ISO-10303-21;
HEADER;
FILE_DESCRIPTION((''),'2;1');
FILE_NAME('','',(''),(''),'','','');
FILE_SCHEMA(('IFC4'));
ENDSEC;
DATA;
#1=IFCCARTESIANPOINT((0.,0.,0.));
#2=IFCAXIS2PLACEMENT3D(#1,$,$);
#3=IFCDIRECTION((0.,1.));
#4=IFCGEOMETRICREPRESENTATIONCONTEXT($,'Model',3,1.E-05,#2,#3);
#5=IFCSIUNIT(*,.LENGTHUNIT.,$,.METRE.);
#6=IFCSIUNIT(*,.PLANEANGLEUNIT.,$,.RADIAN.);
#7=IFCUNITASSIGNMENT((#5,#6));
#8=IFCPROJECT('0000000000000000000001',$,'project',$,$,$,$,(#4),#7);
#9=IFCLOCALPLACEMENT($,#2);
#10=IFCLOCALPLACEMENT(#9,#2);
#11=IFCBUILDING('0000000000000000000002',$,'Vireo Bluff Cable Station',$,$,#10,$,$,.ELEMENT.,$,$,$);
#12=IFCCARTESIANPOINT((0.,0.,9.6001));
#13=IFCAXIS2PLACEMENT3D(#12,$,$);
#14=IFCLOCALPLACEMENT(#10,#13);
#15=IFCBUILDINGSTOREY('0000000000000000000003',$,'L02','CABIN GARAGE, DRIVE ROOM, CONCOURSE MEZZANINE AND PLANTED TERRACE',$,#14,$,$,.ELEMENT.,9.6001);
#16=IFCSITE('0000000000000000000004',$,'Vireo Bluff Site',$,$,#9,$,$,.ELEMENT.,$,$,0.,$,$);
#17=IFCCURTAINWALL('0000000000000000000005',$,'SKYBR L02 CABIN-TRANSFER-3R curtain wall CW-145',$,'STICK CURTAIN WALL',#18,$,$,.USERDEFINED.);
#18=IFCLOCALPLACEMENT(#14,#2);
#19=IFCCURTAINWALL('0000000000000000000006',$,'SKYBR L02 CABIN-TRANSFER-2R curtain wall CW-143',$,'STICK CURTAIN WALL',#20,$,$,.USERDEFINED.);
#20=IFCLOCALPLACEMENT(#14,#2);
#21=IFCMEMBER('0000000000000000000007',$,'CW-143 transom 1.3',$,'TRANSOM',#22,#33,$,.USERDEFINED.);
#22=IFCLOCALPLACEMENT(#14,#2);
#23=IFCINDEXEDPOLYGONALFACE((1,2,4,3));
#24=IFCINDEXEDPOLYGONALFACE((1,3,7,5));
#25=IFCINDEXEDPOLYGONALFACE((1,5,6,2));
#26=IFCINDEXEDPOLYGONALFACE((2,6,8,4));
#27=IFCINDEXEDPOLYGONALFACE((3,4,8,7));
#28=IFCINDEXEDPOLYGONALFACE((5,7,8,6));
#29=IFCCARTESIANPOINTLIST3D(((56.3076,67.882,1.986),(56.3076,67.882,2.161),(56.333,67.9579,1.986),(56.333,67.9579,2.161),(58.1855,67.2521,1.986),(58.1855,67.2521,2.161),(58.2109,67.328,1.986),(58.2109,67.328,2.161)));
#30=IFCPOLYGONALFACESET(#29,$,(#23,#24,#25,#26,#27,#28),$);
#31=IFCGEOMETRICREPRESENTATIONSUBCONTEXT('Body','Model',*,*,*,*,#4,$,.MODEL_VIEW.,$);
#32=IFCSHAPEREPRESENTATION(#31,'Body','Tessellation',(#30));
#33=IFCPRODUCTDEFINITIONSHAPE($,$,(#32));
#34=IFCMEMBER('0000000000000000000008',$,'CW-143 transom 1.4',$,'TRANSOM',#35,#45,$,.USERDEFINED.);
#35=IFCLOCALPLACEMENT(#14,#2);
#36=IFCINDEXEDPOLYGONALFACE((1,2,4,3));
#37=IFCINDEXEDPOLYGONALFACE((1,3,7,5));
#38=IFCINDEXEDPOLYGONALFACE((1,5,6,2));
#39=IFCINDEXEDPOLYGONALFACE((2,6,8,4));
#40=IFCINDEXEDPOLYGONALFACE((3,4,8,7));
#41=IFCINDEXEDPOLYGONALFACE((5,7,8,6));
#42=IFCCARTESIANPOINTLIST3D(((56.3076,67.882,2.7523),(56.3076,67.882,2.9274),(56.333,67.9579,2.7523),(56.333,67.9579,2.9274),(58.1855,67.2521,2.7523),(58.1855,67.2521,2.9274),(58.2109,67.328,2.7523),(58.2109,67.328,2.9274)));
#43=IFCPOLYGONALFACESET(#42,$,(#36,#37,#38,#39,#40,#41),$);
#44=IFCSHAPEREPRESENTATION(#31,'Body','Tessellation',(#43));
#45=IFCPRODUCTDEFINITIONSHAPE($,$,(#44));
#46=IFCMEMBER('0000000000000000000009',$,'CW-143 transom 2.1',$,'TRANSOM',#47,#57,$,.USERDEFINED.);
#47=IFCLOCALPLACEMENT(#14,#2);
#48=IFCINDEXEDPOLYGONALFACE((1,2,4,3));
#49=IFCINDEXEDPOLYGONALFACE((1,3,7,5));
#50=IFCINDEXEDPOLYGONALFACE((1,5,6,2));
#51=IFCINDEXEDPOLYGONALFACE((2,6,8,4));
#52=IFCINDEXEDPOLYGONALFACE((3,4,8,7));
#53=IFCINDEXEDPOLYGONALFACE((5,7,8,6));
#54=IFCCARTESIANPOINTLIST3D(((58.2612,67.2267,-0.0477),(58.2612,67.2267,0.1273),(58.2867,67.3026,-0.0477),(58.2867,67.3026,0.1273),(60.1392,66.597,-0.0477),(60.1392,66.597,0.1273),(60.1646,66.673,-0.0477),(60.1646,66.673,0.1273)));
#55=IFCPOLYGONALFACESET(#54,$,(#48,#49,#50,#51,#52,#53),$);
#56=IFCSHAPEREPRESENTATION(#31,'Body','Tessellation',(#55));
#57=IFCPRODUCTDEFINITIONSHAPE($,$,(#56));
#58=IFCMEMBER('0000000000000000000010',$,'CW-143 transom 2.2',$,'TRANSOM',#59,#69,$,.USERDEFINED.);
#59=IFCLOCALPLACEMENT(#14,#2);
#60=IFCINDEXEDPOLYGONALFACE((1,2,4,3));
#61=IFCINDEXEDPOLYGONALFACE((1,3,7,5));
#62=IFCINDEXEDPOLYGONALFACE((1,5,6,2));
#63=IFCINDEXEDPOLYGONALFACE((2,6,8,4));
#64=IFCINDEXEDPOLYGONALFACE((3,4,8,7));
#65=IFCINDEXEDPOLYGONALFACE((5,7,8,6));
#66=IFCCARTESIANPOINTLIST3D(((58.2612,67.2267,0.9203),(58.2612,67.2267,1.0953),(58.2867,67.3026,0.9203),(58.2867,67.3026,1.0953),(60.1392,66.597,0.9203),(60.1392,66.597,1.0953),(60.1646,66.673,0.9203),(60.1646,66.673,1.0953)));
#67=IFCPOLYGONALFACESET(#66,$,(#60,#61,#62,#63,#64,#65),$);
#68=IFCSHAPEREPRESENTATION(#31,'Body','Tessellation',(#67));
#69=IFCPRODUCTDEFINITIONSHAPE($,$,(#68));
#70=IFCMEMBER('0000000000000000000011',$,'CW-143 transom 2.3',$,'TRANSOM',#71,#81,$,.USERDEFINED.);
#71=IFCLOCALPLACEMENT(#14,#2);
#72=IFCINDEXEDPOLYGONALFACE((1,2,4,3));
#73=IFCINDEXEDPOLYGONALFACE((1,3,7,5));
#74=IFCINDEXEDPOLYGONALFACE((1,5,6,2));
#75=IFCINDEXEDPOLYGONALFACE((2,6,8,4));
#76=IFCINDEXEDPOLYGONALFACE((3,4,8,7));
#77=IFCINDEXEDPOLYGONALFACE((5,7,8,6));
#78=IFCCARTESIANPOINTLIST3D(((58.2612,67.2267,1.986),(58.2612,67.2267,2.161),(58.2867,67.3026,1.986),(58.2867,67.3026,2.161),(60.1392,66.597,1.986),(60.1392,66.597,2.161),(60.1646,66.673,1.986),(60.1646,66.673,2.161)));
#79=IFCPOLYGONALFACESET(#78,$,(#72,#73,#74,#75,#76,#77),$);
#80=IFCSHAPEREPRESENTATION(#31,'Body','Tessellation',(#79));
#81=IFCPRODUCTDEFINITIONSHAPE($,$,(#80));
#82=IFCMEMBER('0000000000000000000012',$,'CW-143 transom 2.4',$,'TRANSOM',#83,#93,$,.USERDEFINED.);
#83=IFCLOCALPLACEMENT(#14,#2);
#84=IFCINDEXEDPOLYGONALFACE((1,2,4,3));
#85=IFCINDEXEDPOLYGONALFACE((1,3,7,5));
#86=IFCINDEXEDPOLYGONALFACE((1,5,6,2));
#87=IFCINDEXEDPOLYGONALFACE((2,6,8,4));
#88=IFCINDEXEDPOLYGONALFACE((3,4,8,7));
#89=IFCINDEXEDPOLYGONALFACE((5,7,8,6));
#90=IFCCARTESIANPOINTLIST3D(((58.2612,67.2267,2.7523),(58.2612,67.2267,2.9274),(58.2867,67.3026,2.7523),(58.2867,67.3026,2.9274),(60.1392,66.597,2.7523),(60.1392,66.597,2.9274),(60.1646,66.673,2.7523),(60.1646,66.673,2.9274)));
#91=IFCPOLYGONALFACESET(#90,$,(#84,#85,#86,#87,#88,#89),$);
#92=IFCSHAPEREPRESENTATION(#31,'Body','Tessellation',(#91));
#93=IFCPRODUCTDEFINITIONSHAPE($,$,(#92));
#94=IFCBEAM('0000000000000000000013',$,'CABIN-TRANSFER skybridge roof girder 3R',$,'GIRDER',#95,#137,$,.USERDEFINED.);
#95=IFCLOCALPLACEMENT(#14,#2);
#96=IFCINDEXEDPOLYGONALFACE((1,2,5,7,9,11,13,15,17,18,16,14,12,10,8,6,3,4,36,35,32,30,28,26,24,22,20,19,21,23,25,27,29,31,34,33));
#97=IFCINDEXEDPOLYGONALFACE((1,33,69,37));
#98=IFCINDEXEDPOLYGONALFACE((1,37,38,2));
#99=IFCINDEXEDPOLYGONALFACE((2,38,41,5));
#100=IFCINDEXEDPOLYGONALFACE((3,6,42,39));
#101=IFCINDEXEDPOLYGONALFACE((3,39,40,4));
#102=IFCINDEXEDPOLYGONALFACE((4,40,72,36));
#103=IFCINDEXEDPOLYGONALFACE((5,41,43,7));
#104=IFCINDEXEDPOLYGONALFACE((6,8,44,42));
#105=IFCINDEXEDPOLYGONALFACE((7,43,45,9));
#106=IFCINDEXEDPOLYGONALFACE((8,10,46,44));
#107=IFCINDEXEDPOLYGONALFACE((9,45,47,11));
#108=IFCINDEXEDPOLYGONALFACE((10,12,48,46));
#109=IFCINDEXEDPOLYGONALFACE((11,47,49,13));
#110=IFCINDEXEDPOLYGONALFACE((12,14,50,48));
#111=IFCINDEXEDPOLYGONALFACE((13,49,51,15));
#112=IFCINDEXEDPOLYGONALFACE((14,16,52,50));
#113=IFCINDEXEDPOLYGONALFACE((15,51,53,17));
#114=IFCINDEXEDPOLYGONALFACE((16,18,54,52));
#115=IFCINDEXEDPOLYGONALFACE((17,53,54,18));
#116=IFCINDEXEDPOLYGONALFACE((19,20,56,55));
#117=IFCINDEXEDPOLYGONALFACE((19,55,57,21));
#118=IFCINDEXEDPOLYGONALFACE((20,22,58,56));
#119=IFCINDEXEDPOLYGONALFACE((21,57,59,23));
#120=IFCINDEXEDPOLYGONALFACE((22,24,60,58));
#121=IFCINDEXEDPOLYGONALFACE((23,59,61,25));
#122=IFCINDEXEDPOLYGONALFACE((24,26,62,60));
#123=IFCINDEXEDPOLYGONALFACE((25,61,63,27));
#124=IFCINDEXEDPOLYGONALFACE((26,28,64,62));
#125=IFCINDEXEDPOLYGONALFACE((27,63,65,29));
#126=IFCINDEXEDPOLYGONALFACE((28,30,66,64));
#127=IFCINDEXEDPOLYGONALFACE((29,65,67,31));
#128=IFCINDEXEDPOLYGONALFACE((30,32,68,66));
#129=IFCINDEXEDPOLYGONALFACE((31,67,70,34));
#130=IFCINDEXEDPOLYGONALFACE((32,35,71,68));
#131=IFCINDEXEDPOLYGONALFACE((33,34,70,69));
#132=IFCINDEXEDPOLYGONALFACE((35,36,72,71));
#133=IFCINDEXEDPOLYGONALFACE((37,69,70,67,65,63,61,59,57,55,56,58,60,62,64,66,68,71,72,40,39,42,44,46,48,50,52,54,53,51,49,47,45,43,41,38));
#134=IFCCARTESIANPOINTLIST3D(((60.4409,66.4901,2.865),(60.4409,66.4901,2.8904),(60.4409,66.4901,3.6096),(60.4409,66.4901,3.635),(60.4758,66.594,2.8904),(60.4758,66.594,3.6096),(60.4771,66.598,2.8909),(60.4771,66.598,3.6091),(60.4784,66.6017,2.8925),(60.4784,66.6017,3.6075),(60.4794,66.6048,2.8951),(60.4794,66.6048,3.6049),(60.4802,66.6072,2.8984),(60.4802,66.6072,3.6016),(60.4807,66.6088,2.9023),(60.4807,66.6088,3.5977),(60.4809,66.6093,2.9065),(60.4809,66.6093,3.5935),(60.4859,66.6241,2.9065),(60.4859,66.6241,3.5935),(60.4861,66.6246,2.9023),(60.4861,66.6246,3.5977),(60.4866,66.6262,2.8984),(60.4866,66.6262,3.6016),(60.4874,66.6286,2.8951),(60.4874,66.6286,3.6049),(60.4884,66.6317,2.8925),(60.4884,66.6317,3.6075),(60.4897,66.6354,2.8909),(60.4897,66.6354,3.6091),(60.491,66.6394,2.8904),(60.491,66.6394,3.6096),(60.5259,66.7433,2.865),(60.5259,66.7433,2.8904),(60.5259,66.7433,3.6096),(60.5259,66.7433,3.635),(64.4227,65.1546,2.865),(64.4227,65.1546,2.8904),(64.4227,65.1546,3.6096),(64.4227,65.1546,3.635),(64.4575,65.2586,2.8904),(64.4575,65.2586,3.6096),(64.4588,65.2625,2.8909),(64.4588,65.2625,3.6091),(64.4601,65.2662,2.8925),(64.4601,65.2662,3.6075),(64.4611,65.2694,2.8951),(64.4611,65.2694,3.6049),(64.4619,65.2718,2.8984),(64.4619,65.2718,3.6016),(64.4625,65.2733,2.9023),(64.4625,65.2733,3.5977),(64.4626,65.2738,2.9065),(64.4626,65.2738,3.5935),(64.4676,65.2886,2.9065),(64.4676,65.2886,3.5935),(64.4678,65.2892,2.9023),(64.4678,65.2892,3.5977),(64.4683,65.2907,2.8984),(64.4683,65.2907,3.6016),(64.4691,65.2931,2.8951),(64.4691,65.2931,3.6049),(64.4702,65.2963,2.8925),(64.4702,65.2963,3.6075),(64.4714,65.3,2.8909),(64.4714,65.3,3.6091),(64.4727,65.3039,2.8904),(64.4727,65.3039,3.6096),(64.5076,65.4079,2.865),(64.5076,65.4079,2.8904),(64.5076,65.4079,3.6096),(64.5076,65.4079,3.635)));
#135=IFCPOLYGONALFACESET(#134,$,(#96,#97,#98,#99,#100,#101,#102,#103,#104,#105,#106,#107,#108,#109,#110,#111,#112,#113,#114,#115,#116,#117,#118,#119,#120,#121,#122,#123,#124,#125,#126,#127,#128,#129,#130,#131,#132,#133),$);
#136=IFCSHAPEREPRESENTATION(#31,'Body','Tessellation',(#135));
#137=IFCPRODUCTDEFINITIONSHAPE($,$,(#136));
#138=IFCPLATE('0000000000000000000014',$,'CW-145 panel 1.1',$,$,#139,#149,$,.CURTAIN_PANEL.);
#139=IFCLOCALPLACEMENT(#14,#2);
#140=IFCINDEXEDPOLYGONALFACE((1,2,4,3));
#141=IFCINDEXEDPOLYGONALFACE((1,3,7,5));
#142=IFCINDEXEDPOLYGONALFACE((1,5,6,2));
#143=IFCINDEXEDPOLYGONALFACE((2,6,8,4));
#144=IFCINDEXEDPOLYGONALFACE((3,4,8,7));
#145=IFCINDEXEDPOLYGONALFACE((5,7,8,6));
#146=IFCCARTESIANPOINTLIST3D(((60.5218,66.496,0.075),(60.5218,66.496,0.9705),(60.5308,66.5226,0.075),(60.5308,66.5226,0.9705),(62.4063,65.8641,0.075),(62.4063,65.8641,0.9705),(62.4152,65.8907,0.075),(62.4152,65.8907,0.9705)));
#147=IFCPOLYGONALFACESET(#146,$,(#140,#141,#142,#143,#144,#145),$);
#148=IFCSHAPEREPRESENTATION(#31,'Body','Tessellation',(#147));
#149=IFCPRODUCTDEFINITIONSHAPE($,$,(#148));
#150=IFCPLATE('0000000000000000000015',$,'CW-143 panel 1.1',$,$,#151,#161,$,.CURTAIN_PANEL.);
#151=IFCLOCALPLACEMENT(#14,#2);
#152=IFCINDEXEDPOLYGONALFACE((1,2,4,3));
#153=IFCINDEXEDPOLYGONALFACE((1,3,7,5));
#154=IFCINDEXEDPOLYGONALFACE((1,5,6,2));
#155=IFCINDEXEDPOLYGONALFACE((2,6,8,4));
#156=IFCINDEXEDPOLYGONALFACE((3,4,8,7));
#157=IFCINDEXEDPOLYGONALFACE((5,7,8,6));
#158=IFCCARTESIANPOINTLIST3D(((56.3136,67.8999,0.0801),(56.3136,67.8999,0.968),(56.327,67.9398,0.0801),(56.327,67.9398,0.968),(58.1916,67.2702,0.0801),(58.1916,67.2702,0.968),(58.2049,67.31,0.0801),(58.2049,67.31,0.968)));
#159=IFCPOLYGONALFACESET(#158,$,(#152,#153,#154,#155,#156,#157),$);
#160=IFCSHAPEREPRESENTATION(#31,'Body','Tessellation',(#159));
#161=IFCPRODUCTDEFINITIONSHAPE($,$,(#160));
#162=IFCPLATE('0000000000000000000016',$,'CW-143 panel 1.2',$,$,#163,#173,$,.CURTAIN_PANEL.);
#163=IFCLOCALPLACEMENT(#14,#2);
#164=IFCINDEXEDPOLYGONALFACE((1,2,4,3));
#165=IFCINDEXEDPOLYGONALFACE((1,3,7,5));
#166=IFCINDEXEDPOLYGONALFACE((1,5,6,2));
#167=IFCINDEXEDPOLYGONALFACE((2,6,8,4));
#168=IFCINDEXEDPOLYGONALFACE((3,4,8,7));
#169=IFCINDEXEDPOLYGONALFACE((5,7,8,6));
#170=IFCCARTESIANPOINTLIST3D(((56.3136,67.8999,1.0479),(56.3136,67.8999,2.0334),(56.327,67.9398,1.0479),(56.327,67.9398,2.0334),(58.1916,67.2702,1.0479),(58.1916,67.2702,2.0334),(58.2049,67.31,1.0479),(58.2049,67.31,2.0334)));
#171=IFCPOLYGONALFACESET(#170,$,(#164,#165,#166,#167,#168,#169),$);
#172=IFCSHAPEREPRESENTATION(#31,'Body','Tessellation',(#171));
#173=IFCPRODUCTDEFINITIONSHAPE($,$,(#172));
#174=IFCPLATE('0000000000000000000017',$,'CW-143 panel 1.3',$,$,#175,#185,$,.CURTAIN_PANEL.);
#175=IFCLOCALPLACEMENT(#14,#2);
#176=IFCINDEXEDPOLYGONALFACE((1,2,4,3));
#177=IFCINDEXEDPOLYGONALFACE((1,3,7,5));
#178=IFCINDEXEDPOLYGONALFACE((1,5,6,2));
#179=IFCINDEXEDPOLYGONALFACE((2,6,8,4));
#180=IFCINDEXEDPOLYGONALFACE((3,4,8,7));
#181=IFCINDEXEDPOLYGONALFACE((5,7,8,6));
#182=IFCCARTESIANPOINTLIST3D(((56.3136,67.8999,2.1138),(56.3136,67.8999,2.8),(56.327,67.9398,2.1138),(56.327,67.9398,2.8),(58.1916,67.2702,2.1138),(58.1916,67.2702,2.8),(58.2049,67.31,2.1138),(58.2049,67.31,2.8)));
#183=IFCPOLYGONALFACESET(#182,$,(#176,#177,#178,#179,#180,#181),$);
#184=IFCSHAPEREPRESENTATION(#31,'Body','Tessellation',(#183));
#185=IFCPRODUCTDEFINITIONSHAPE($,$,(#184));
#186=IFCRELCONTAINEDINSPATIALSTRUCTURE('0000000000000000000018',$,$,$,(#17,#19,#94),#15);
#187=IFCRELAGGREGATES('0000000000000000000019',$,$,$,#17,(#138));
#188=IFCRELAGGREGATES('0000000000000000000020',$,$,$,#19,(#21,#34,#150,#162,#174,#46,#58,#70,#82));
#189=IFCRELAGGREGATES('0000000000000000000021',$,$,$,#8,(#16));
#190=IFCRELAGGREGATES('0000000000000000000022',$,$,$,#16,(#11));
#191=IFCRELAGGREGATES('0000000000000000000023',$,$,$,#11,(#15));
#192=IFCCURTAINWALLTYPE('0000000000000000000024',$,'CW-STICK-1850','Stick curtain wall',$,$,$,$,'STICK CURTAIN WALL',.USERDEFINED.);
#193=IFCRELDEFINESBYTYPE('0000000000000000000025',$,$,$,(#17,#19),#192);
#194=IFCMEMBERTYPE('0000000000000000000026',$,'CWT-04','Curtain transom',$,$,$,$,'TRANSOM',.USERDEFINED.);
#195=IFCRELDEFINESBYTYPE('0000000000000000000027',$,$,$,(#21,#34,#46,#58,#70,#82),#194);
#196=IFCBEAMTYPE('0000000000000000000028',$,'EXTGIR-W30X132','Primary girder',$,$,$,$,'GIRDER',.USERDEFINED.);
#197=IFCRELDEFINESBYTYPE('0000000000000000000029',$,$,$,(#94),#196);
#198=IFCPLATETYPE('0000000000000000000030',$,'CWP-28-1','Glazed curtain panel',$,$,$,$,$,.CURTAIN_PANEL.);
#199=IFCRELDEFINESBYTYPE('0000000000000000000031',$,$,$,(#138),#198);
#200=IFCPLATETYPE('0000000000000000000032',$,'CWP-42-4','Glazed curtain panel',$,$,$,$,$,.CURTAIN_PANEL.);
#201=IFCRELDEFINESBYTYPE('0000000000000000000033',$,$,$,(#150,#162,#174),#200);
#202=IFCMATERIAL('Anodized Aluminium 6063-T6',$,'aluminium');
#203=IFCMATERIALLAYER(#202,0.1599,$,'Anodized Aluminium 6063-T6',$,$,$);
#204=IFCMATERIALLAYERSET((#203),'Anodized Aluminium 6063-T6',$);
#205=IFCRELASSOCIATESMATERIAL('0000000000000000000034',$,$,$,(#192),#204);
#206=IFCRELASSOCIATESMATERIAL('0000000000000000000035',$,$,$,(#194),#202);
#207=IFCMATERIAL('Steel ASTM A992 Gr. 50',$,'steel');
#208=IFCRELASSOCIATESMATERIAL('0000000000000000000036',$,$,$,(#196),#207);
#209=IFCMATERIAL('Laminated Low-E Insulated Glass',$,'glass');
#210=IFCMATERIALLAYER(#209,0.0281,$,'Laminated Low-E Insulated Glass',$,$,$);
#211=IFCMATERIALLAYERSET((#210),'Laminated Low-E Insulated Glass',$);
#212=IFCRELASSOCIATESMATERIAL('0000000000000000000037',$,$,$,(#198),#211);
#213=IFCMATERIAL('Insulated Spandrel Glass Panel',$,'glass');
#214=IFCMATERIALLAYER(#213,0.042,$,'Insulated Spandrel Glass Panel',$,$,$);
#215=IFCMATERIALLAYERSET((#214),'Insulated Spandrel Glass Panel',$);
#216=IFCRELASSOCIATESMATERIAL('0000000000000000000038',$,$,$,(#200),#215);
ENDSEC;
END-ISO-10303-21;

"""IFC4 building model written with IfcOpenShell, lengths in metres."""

from ifc_helpers import new_model, si_unit, direction, frame, origin, origin_2d, place, context, subcontext, project, spatial, rectangle, i_section, extrude, material, layer, layer_set, material_profile, profile_set, type_object, element, aggregate, save


model = new_model("IFC4")

# Units and contexts
model_context = context("Model", 3, precision=1e-05, world=origin(), true_north=direction((0.0, 1.0)))
body_context = subcontext(model_context, "Body", "Model", "MODEL_VIEW")
ifc_project = project(units=[si_unit("LENGTHUNIT", "METRE"), si_unit("PLANEANGLEUNIT", "RADIAN")], contexts=[model_context])

# Site, building, storey
site_placement = place(None, origin())
site = spatial("IfcSite", under=ifc_project, at=site_placement, Name="Vireo Bluff Site", CompositionType="ELEMENT", RefElevation=0.0)
building_placement = place(site_placement, origin())
building = spatial("IfcBuilding", under=site, at=building_placement, Name="Vireo Bluff Cable Station", CompositionType="ELEMENT")
storey_placement = place(building_placement, frame((0.0, 0.0, 9.6001)))
storey = spatial("IfcBuildingStorey", under=building, at=storey_placement, Name="L02", Description="CABIN GARAGE, DRIVE ROOM, CONCOURSE MEZZANINE AND PLANTED TERRACE", CompositionType="ELEMENT", Elevation=9.6001)

# Shared definitions
ifc_material_1 = material(Name="Steel ASTM A992 Gr. 50", Category="steel")

# Curtain wall
ifc_material_2 = material(Name="Anodized Aluminium 6063-T6", Category="aluminium")
ifc_layer_1 = layer(ifc_material_2, 0.1599, Name="Anodized Aluminium 6063-T6")
ifc_layer_set_1 = layer_set([ifc_layer_1], Name="Anodized Aluminium 6063-T6")
curtain_wall_type = type_object("IfcCurtainWallType", Name="CW-STICK-1850", Description="Stick curtain wall", ElementType="STICK CURTAIN WALL", PredefinedType="USERDEFINED", material=ifc_layer_set_1)
curtain_wall_1_placement = place(storey_placement, origin())
curtain_wall_1 = element("IfcCurtainWall", 1, at=curtain_wall_1_placement, inside=storey, type_object=curtain_wall_type, Name="SKYBR L02 CABIN-TRANSFER-3R curtain wall CW-145", ObjectType="STICK CURTAIN WALL", PredefinedType="USERDEFINED")

# Curtain wall
curtain_wall_2_placement = place(storey_placement, origin())
curtain_wall_2 = element("IfcCurtainWall", 2, at=curtain_wall_2_placement, inside=storey, type_object=curtain_wall_type, Name="SKYBR L02 CABIN-TRANSFER-2R curtain wall CW-143", ObjectType="STICK CURTAIN WALL", PredefinedType="USERDEFINED")

# Members
ifc_material_profile_1 = material_profile(ifc_material_2, rectangle(XDim=0.0801, YDim=0.175, at=origin_2d()), Name="ALU-T-80X175")
ifc_profile_set_1 = profile_set([ifc_material_profile_1], Name="Anodized Aluminium 6063-T6")
member_type_1 = type_object("IfcMemberType", Name="CWT-04", Description="Curtain transom", ElementType="TRANSOM", PredefinedType="USERDEFINED", material=ifc_profile_set_1)
member_1_placement = place(storey_placement, frame((56.3203, 67.9199, 2.0735), z_axis=(0.94809, -0.318002, 0.0), x_axis=(0.318002, 0.94809, 0.0)))
member_1 = element("IfcMember", 3, at=member_1_placement, type_object=member_type_1, Name="CW-143 transom 1.3", ObjectType="TRANSOM", PredefinedType="USERDEFINED", context=body_context, shape_type="SweptSolid", body=[
    extrude(rectangle(XDim=0.0801, YDim=0.175, at=origin_2d()), origin(), (0.0, 0.0, 1.0), 1.9807),
])
member_2_placement = place(storey_placement, frame((56.3203, 67.9199, 2.8398), z_axis=(0.94809, -0.318002, 0.0), x_axis=(0.318002, 0.94809, 0.0)))
member_2 = element("IfcMember", 4, at=member_2_placement, type_object=member_type_1, Name="CW-143 transom 1.4", ObjectType="TRANSOM", PredefinedType="USERDEFINED", context=body_context, shape_type="SweptSolid", body=[
    extrude(rectangle(XDim=0.0801, YDim=0.175, at=origin_2d()), origin(), (0.0, 0.0, 1.0), 1.9807),
])
member_3_placement = place(storey_placement, frame((58.2739, 67.2646, 0.0398), z_axis=(0.948127, -0.317891, 0.0), x_axis=(0.317891, 0.948127, 0.0)))
member_3 = element("IfcMember", 5, at=member_3_placement, type_object=member_type_1, Name="CW-143 transom 2.1", ObjectType="TRANSOM", PredefinedType="USERDEFINED", context=body_context, shape_type="SweptSolid", body=[
    extrude(rectangle(XDim=0.0801, YDim=0.175, at=origin_2d()), origin(), (0.0, 0.0, 1.0), 1.9807),
])
member_4_placement = place(storey_placement, frame((58.2739, 67.2646, 1.0078), z_axis=(0.948127, -0.317891, 0.0), x_axis=(0.317891, 0.948127, 0.0)))
member_4 = element("IfcMember", 6, at=member_4_placement, type_object=member_type_1, Name="CW-143 transom 2.2", ObjectType="TRANSOM", PredefinedType="USERDEFINED", context=body_context, shape_type="SweptSolid", body=[
    extrude(rectangle(XDim=0.0801, YDim=0.175, at=origin_2d()), origin(), (0.0, 0.0, 1.0), 1.9807),
])
member_5_placement = place(storey_placement, frame((58.2739, 67.2646, 2.0735), z_axis=(0.948127, -0.317891, 0.0), x_axis=(0.317891, 0.948127, 0.0)))
member_5 = element("IfcMember", 7, at=member_5_placement, type_object=member_type_1, Name="CW-143 transom 2.3", ObjectType="TRANSOM", PredefinedType="USERDEFINED", context=body_context, shape_type="SweptSolid", body=[
    extrude(rectangle(XDim=0.0801, YDim=0.175, at=origin_2d()), origin(), (0.0, 0.0, 1.0), 1.9807),
])
member_6_placement = place(storey_placement, frame((58.2739, 67.2646, 2.8398), z_axis=(0.948127, -0.317891, 0.0), x_axis=(0.317891, 0.948127, 0.0)))
member_6 = element("IfcMember", 8, at=member_6_placement, type_object=member_type_1, Name="CW-143 transom 2.4", ObjectType="TRANSOM", PredefinedType="USERDEFINED", context=body_context, shape_type="SweptSolid", body=[
    extrude(rectangle(XDim=0.0801, YDim=0.175, at=origin_2d()), origin(), (0.0, 0.0, 1.0), 1.9807),
])

# Beam
ifc_material_profile_2 = material_profile(ifc_material_1, i_section(OverallWidth=0.2671, OverallDepth=0.77, WebThickness=0.0156, FlangeThickness=0.0254, FilletRadius=0.0161, at=origin_2d()), Name="W30X132")
ifc_profile_set_2 = profile_set([ifc_material_profile_2], Name="Steel ASTM A992 Gr. 50")
beam_type = type_object("IfcBeamType", Name="EXTGIR-W30X132", Description="Primary girder", ElementType="GIRDER", PredefinedType="USERDEFINED", material=ifc_profile_set_2)
beam_placement = place(storey_placement, frame((60.4834, 66.6167, 3.25), z_axis=(0.948095, -0.317989, 0.0), x_axis=(0.317989, 0.948095, 0.0)))
element("IfcBeam", 9, at=beam_placement, inside=storey, type_object=beam_type, Name="CABIN-TRANSFER skybridge roof girder 3R", ObjectType="GIRDER", PredefinedType="USERDEFINED", context=body_context, shape_type="SweptSolid", body=[
    extrude(i_section(OverallWidth=0.2671, OverallDepth=0.77, WebThickness=0.0156, FlangeThickness=0.0254, FilletRadius=0.0161, at=origin_2d()), origin(), (0.0, 0.0, 1.0), 4.1997),
])

# Plates
ifc_material_3 = material(Name="Laminated Low-E Insulated Glass", Category="glass")
ifc_layer_2 = layer(ifc_material_3, 0.0281, Name="Laminated Low-E Insulated Glass")
ifc_layer_set_2 = layer_set([ifc_layer_2], Name="Laminated Low-E Insulated Glass")
plate_type_1 = type_object("IfcPlateType", Name="CWP-28-1", Description="Glazed curtain panel", PredefinedType="CURTAIN_PANEL", material=ifc_layer_set_2)
plate_1_placement = place(storey_placement, frame((61.4685, 66.1934, 0.075), z_axis=(0.0, 0.0, 1.0), x_axis=(0.948113, -0.317934, 0.0)))
plate_1 = element("IfcPlate", 10, at=plate_1_placement, type_object=plate_type_1, Name="CW-145 panel 1.1", PredefinedType="CURTAIN_PANEL", context=body_context, shape_type="SweptSolid", body=[
    extrude(rectangle(XDim=1.9875, YDim=0.0281, at=origin_2d()), origin(), (0.0, 0.0, 1.0), 0.8955),
])
aggregate(curtain_wall_1, [plate_1])
ifc_material_4 = material(Name="Insulated Spandrel Glass Panel", Category="glass")
ifc_layer_3 = layer(ifc_material_4, 0.042, Name="Insulated Spandrel Glass Panel")
ifc_layer_set_3 = layer_set([ifc_layer_3], Name="Insulated Spandrel Glass Panel")
plate_type_2 = type_object("IfcPlateType", Name="CWP-42-4", Description="Glazed curtain panel", PredefinedType="CURTAIN_PANEL", material=ifc_layer_set_3)
plate_2_placement = place(storey_placement, frame((57.2593, 67.605, 0.0801), z_axis=(0.0, 0.0, 1.0), x_axis=(0.948111, -0.317941, 0.0)))
plate_2 = element("IfcPlate", 11, at=plate_2_placement, type_object=plate_type_2, Name="CW-143 panel 1.1", PredefinedType="CURTAIN_PANEL", context=body_context, shape_type="SweptSolid", body=[
    extrude(rectangle(XDim=1.9807, YDim=0.042, at=origin_2d()), origin(), (0.0, 0.0, 1.0), 0.8879),
])
plate_3_placement = place(storey_placement, frame((57.2593, 67.605, 1.0479), z_axis=(0.0, 0.0, 1.0), x_axis=(0.948111, -0.317941, 0.0)))
plate_3 = element("IfcPlate", 12, at=plate_3_placement, type_object=plate_type_2, Name="CW-143 panel 1.2", PredefinedType="CURTAIN_PANEL", context=body_context, shape_type="SweptSolid", body=[
    extrude(rectangle(XDim=1.9807, YDim=0.042, at=origin_2d()), origin(), (0.0, 0.0, 1.0), 0.9856),
])
plate_4_placement = place(storey_placement, frame((57.2593, 67.605, 2.1138), z_axis=(0.0, 0.0, 1.0), x_axis=(0.948111, -0.317941, 0.0)))
plate_4 = element("IfcPlate", 13, at=plate_4_placement, type_object=plate_type_2, Name="CW-143 panel 1.3", PredefinedType="CURTAIN_PANEL", context=body_context, shape_type="SweptSolid", body=[
    extrude(rectangle(XDim=1.9807, YDim=0.042, at=origin_2d()), origin(), (0.0, 0.0, 1.0), 0.6863),
])
aggregate(curtain_wall_2, [member_1, member_2, plate_2, plate_3, plate_4, member_3, member_4, member_5, member_6])

save(model, "model.ifc")
